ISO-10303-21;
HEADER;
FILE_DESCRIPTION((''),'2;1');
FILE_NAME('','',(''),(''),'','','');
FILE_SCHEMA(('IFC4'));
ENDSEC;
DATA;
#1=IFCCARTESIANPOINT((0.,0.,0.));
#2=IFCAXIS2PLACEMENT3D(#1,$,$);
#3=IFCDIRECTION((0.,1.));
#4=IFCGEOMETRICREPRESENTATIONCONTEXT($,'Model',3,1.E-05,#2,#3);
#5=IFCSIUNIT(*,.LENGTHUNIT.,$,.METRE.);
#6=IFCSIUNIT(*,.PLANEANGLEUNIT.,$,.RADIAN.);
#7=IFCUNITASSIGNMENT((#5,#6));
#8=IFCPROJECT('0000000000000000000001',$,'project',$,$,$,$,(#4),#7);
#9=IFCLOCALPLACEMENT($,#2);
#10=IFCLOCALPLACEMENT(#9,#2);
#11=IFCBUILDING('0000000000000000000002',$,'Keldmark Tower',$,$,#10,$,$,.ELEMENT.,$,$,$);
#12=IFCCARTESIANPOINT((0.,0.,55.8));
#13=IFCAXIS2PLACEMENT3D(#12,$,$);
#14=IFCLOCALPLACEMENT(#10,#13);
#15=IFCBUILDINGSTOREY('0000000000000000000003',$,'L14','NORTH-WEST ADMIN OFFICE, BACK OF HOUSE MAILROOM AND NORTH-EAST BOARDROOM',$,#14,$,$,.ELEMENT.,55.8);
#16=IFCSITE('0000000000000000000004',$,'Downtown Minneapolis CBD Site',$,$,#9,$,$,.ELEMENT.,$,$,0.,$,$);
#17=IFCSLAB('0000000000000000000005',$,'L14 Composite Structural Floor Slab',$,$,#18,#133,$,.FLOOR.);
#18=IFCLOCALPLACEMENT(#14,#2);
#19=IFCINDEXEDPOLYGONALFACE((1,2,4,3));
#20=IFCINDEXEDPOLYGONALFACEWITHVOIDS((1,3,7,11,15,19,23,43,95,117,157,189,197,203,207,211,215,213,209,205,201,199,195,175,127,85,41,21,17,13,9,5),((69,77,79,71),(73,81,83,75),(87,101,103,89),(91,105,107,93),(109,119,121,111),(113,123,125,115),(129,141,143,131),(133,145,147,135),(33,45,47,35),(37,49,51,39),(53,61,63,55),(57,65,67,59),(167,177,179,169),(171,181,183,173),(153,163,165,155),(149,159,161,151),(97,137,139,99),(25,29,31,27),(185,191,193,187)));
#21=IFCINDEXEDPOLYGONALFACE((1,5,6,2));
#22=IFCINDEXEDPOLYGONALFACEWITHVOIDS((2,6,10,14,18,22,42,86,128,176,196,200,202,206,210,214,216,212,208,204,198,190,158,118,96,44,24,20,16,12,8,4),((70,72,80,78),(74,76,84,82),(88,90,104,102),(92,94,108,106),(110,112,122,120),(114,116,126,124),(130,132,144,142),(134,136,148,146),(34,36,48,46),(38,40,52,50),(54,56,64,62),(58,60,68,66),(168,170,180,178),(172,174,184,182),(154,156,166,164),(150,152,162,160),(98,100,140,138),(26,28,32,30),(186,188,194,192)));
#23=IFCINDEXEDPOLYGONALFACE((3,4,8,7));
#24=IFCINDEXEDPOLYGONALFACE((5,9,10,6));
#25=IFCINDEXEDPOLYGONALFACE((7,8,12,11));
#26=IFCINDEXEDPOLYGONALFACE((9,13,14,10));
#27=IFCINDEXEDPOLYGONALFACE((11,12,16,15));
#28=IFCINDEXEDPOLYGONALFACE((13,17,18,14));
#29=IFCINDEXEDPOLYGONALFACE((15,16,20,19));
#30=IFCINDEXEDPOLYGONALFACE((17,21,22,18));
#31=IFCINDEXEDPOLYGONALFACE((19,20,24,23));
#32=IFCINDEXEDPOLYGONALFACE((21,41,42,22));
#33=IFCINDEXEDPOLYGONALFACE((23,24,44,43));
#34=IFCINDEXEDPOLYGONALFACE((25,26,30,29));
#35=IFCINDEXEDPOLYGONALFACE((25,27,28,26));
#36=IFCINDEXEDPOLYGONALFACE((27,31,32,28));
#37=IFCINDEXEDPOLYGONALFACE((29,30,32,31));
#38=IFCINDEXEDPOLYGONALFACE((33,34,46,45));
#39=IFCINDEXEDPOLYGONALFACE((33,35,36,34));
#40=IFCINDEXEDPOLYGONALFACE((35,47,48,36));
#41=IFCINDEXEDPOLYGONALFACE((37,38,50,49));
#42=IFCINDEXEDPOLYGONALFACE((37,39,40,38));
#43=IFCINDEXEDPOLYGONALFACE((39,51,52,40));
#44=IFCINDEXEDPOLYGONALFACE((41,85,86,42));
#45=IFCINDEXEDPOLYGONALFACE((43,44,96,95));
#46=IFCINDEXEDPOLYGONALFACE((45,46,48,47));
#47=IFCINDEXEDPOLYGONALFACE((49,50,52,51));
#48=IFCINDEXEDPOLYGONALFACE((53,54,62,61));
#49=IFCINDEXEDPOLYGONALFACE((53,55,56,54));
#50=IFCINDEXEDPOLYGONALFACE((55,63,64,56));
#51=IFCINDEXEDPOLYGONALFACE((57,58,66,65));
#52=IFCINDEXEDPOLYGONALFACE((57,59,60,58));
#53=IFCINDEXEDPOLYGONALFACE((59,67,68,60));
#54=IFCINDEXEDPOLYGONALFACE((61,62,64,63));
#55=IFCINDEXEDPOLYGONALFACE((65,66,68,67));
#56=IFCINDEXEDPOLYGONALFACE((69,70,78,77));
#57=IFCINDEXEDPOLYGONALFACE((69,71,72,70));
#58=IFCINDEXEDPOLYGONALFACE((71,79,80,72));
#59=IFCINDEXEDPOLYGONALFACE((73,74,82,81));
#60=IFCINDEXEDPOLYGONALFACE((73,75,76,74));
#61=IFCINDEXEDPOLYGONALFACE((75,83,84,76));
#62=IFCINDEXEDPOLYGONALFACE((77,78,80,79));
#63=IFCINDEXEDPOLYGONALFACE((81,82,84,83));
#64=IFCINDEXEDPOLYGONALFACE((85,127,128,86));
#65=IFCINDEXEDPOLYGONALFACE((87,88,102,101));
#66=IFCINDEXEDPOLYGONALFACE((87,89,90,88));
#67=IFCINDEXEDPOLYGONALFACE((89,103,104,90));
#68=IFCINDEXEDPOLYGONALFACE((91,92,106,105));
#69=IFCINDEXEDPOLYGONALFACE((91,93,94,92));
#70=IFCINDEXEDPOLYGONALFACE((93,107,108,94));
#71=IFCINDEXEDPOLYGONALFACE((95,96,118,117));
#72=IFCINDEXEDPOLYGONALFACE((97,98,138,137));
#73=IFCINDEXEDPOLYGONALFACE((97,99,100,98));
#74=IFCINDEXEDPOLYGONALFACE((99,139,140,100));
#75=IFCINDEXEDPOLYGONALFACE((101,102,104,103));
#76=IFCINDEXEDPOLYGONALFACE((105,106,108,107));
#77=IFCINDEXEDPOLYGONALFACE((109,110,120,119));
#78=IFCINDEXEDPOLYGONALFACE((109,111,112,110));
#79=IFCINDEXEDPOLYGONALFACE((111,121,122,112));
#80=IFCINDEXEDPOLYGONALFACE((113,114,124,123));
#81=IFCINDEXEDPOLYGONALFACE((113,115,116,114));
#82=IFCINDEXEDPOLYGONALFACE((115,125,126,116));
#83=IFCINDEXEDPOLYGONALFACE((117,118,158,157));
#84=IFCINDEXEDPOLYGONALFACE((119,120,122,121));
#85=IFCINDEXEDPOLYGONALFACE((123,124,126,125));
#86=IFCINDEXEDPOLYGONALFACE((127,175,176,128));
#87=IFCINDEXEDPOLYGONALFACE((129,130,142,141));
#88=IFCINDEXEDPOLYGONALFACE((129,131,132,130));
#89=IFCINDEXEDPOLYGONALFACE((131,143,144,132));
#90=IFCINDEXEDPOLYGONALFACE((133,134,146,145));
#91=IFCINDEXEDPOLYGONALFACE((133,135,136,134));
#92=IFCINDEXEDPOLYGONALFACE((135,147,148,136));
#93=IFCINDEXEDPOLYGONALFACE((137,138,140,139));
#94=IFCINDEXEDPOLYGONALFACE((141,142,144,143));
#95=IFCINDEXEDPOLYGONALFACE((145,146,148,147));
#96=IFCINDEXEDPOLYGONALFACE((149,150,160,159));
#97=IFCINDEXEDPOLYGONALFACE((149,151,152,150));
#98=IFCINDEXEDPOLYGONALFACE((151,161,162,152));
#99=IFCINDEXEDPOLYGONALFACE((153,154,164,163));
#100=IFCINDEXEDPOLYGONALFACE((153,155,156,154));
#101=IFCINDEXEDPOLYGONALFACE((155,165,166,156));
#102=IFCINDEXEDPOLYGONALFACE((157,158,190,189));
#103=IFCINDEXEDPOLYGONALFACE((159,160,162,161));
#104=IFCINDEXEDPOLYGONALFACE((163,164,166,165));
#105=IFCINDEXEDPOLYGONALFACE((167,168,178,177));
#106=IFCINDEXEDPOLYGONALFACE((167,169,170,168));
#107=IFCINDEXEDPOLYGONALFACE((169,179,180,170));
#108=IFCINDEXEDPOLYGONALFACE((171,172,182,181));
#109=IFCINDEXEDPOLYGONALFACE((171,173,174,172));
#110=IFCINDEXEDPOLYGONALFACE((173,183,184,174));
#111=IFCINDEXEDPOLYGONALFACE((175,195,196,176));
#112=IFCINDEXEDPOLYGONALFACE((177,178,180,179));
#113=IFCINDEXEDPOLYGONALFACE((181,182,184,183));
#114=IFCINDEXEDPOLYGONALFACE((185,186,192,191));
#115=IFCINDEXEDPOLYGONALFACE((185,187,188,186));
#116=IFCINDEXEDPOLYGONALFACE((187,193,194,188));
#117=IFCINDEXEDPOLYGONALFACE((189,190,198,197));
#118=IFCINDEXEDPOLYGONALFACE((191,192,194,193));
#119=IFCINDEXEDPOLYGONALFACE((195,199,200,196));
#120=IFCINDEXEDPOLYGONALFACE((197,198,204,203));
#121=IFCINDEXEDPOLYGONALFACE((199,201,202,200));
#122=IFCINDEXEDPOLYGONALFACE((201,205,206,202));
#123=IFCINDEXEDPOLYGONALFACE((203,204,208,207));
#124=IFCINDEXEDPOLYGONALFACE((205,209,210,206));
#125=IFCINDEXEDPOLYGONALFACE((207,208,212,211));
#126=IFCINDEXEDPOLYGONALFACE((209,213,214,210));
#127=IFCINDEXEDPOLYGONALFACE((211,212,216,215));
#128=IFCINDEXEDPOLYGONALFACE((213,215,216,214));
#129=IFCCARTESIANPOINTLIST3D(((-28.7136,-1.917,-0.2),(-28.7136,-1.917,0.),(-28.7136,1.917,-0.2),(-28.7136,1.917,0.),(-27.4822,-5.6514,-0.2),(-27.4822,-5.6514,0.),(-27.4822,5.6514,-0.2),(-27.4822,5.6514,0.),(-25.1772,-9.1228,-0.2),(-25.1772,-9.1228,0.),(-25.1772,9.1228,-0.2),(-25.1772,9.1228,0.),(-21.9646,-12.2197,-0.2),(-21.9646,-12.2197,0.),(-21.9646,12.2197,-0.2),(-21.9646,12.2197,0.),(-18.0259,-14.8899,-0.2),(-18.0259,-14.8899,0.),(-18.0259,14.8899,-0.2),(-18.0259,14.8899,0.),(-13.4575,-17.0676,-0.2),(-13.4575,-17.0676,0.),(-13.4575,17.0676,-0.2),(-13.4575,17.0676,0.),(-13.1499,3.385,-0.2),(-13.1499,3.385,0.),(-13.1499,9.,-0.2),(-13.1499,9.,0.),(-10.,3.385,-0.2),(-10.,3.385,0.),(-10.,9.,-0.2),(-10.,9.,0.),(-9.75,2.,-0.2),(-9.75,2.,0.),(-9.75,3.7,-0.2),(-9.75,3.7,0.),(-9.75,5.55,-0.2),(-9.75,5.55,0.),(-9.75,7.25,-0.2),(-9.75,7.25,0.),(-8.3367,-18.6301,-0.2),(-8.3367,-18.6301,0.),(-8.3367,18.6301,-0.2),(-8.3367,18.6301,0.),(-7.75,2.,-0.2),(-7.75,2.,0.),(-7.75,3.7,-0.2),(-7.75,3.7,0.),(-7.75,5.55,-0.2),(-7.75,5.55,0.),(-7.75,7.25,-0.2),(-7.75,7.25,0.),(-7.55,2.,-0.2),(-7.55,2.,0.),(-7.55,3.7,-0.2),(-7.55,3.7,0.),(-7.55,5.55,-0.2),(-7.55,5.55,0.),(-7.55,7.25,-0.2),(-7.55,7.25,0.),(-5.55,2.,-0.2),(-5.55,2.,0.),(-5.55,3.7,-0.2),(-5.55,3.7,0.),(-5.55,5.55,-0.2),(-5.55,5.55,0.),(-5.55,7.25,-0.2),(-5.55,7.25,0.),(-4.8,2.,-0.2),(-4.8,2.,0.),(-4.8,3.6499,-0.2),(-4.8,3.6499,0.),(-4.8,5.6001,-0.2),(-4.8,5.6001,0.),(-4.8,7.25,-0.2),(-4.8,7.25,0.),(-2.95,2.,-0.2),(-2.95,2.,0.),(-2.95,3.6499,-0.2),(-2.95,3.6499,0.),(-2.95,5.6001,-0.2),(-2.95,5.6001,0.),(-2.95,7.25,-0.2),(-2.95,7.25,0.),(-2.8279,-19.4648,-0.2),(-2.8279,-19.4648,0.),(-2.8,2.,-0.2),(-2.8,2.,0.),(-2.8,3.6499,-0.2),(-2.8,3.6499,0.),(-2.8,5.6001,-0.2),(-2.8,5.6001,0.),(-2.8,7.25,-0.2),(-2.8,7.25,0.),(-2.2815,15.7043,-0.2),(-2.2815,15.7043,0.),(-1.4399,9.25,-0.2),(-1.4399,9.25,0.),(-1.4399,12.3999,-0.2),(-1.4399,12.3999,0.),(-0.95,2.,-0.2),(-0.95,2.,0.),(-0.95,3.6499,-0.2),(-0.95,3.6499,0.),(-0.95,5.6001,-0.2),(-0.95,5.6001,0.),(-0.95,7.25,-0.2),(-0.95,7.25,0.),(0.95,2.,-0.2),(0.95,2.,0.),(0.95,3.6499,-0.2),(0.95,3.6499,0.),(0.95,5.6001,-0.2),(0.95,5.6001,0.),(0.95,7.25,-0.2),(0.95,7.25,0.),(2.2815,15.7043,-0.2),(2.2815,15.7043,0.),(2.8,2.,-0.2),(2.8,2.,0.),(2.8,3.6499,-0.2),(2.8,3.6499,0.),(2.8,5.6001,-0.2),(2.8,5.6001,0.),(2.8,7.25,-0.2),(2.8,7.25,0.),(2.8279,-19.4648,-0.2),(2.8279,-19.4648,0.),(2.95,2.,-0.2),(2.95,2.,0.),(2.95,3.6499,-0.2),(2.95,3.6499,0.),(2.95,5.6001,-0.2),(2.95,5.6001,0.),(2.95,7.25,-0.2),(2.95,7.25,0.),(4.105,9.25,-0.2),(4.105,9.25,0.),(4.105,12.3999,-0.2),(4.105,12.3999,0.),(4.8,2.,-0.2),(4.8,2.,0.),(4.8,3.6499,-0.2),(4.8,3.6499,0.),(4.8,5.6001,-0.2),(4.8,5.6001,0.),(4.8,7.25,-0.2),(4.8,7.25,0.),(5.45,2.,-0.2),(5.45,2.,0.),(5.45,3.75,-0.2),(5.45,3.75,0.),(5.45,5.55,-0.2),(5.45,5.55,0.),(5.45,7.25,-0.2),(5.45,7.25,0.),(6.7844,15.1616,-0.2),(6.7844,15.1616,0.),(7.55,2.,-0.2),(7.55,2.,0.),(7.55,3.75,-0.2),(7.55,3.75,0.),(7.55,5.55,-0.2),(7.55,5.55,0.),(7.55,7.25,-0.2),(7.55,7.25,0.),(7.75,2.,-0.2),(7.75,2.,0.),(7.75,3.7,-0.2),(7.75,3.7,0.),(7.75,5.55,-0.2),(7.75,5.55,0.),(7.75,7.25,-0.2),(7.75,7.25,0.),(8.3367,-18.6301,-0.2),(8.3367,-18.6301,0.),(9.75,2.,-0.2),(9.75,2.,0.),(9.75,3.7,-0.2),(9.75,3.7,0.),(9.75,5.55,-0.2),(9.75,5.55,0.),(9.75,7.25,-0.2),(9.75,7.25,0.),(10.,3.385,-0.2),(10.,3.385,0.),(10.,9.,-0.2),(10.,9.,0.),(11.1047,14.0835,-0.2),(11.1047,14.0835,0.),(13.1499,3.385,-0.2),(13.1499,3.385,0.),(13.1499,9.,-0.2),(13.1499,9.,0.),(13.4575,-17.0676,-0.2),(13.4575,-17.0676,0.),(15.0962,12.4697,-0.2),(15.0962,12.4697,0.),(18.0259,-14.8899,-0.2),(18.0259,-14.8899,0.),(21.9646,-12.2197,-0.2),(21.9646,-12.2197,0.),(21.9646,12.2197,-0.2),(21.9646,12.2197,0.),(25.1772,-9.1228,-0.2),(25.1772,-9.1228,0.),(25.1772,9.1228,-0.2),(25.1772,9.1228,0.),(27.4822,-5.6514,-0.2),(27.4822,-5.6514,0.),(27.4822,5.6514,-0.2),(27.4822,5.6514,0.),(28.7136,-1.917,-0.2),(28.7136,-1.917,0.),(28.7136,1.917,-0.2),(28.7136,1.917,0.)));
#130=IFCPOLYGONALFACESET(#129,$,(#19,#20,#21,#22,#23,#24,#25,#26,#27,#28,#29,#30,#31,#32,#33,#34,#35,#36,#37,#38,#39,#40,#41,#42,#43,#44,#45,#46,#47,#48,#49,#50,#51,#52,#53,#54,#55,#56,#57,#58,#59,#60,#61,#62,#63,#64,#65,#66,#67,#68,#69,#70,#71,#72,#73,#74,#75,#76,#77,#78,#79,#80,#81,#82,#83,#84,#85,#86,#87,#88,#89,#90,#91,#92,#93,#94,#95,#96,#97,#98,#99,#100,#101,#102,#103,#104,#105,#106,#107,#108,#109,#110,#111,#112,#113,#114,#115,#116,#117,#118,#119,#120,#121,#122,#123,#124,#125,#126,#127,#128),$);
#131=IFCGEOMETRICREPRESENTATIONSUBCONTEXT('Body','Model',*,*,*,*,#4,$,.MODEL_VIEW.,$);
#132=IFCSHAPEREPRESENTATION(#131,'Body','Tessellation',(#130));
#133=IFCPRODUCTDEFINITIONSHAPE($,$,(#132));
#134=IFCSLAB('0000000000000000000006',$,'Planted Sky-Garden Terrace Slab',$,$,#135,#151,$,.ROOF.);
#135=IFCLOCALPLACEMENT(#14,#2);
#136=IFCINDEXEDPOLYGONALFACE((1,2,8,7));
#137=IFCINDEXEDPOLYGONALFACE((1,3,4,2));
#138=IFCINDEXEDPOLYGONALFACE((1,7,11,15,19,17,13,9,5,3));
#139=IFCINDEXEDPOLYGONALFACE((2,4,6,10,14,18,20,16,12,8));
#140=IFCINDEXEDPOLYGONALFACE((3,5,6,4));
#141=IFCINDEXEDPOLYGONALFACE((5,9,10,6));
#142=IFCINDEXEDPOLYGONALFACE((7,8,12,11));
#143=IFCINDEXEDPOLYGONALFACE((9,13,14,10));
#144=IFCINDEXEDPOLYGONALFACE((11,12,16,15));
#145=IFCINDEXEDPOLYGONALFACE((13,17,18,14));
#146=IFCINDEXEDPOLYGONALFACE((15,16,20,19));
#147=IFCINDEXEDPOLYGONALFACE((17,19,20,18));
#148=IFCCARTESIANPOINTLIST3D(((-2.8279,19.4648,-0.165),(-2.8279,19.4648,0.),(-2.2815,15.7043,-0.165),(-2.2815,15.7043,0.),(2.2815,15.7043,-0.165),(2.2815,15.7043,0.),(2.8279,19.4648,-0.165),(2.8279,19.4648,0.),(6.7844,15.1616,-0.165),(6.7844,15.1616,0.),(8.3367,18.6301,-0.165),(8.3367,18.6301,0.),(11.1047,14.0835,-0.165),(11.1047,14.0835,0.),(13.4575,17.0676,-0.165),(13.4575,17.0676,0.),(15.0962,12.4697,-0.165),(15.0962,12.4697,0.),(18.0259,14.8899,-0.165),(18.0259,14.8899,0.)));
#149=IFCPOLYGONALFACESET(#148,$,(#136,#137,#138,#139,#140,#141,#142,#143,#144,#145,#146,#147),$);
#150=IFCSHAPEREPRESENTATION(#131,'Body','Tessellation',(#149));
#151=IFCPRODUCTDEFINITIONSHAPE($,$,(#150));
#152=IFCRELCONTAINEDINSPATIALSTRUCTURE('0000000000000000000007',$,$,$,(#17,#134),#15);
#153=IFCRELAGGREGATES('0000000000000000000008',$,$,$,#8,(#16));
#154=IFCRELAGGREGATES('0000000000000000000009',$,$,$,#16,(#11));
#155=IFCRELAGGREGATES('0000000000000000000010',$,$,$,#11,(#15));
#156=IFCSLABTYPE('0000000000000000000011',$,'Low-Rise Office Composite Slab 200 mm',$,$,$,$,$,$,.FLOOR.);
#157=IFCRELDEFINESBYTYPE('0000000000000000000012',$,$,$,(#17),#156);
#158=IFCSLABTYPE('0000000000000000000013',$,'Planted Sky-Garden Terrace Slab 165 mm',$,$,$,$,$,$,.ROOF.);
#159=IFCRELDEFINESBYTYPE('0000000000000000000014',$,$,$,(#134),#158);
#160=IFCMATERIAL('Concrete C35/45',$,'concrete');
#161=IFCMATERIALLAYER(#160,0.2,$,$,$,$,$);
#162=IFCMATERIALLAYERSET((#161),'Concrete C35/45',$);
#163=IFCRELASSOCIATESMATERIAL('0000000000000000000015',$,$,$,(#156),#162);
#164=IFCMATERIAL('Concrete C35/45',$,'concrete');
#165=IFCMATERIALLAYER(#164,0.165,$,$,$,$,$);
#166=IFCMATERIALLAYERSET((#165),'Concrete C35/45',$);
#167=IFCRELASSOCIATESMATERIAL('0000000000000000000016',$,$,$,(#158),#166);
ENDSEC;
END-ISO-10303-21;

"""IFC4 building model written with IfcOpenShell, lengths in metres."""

from ifc_helpers import new_model, si_unit, direction, frame, origin, place, context, subcontext, project, spatial, polyline, outline, extrude, material, layer, layer_set, type_object, element, save


model = new_model("IFC4")

# Units and contexts
model_context = context("Model", 3, precision=1e-05, world=origin(), true_north=direction((0.0, 1.0)))
body_context = subcontext(model_context, "Body", "Model", "MODEL_VIEW")
ifc_project = project(units=[si_unit("LENGTHUNIT", "METRE"), si_unit("PLANEANGLEUNIT", "RADIAN")], contexts=[model_context])

# Site, building, storey
site_placement = place(None, origin())
site = spatial("IfcSite", under=ifc_project, at=site_placement, Name="Downtown Minneapolis CBD Site", CompositionType="ELEMENT", RefElevation=0.0)
building_placement = place(site_placement, origin())
building = spatial("IfcBuilding", under=site, at=building_placement, Name="Keldmark Tower", CompositionType="ELEMENT")
storey_placement = place(building_placement, frame((0.0, 0.0, 55.8)))
storey = spatial("IfcBuildingStorey", under=building, at=storey_placement, Name="L14", Description="NORTH-WEST ADMIN OFFICE, BACK OF HOUSE MAILROOM AND NORTH-EAST BOARDROOM", CompositionType="ELEMENT", Elevation=55.8)

# Slabs
ifc_material_1 = material(Name="Concrete C35/45", Category="concrete")
ifc_layer_1 = layer(ifc_material_1, 0.2)
ifc_layer_set_1 = layer_set([ifc_layer_1], Name="Concrete C35/45")
slab_type_1 = type_object("IfcSlabType", Name="Low-Rise Office Composite Slab 200 mm", PredefinedType="FLOOR", material=ifc_layer_set_1)
slab_1_placement = place(storey_placement, frame((0.0, 0.0, -0.2)))
element("IfcSlab", 1, at=slab_1_placement, inside=storey, type_object=slab_type_1, Name="L14 Composite Structural Floor Slab", PredefinedType="FLOOR", context=body_context, shape_type="SweptSolid", body=[
    extrude(outline(polyline([(28.7136, 1.917), (27.4822, 5.6514), (25.1772, 9.1228), (21.9646, 12.2197), (15.0962, 12.4697), (11.1047, 14.0835), (6.7844, 15.1616), (2.2815, 15.7043), (-2.2815, 15.7043), (-8.3367, 18.6301), (-13.4575, 17.0676), (-18.0259, 14.8899), (-21.9646, 12.2197), (-25.1772, 9.1228), (-27.4822, 5.6514), (-28.7136, 1.917), (-28.7136, -1.917), (-27.4822, -5.6514), (-25.1772, -9.1228), (-21.9646, -12.2197), (-18.0259, -14.8899), (-13.4575, -17.0676), (-8.3367, -18.6301), (-2.8279, -19.4648), (2.8279, -19.4648), (8.3367, -18.6301), (13.4575, -17.0676), (18.0259, -14.8899), (21.9646, -12.2197), (25.1772, -9.1228), (27.4822, -5.6514), (28.7136, -1.917), (28.7136, 1.917)]), holes=[polyline([(-10.0, 3.385), (-10.0, 9.0), (-13.1499, 9.0), (-13.1499, 3.385), (-10.0, 3.385)]), polyline([(13.1499, 3.385), (13.1499, 9.0), (10.0, 9.0), (10.0, 3.385), (13.1499, 3.385)]), polyline([(-1.4399, 9.25), (4.105, 9.25), (4.105, 12.3999), (-1.4399, 12.3999), (-1.4399, 9.25)]), polyline([(-9.75, 2.0), (-7.75, 2.0), (-7.75, 3.7), (-9.75, 3.7), (-9.75, 2.0)]), polyline([(7.75, 2.0), (9.75, 2.0), (9.75, 3.7), (7.75, 3.7), (7.75, 2.0)]), polyline([(5.45, 2.0), (7.55, 2.0), (7.55, 3.75), (5.45, 3.75), (5.45, 2.0)]), polyline([(-4.8, 2.0), (-2.95, 2.0), (-2.95, 3.6499), (-4.8, 3.6499), (-4.8, 2.0)]), polyline([(-2.8, 2.0), (-0.95, 2.0), (-0.95, 3.6499), (-2.8, 3.6499), (-2.8, 2.0)]), polyline([(0.95, 2.0), (2.8, 2.0), (2.8, 3.6499), (0.95, 3.6499), (0.95, 2.0)]), polyline([(2.95, 2.0), (4.8, 2.0), (4.8, 3.6499), (2.95, 3.6499), (2.95, 2.0)]), polyline([(-4.8, 5.6001), (-2.95, 5.6001), (-2.95, 7.25), (-4.8, 7.25), (-4.8, 5.6001)]), polyline([(-2.8, 5.6001), (-0.95, 5.6001), (-0.95, 7.25), (-2.8, 7.25), (-2.8, 5.6001)]), polyline([(0.95, 5.6001), (2.8, 5.6001), (2.8, 7.25), (0.95, 7.25), (0.95, 5.6001)]), polyline([(2.95, 5.6001), (4.8, 5.6001), (4.8, 7.25), (2.95, 7.25), (2.95, 5.6001)]), polyline([(-9.75, 5.55), (-7.75, 5.55), (-7.75, 7.25), (-9.75, 7.25), (-9.75, 5.55)]), polyline([(-7.55, 5.55), (-5.55, 5.55), (-5.55, 7.25), (-7.55, 7.25), (-7.55, 5.55)]), polyline([(-7.55, 2.0), (-5.55, 2.0), (-5.55, 3.7), (-7.55, 3.7), (-7.55, 2.0)]), polyline([(5.45, 5.55), (7.55, 5.55), (7.55, 7.25), (5.45, 7.25), (5.45, 5.55)]), polyline([(7.75, 5.55), (9.75, 5.55), (9.75, 7.25), (7.75, 7.25), (7.75, 5.55)])]), origin(), (0.0, 0.0, 1.0), 0.2),
])
ifc_material_2 = material(Name="Concrete C35/45", Category="concrete")
ifc_layer_2 = layer(ifc_material_2, 0.165)
ifc_layer_set_2 = layer_set([ifc_layer_2], Name="Concrete C35/45")
slab_type_2 = type_object("IfcSlabType", Name="Planted Sky-Garden Terrace Slab 165 mm", PredefinedType="ROOF", material=ifc_layer_set_2)
slab_2_placement = place(storey_placement, frame((0.0, 0.0, -0.165)))
element("IfcSlab", 2, at=slab_2_placement, inside=storey, type_object=slab_type_2, Name="Planted Sky-Garden Terrace Slab", PredefinedType="ROOF", context=body_context, shape_type="SweptSolid", body=[
    extrude(outline(polyline([(18.0259, 14.8899), (13.4575, 17.0676), (8.3367, 18.6301), (2.8279, 19.4648), (-2.8279, 19.4648), (-2.2815, 15.7043), (2.2815, 15.7043), (6.7844, 15.1616), (11.1047, 14.0835), (15.0962, 12.4697), (18.0259, 14.8899)])), origin(), (0.0, 0.0, 1.0), 0.165),
])

save(model, "model.ifc")
